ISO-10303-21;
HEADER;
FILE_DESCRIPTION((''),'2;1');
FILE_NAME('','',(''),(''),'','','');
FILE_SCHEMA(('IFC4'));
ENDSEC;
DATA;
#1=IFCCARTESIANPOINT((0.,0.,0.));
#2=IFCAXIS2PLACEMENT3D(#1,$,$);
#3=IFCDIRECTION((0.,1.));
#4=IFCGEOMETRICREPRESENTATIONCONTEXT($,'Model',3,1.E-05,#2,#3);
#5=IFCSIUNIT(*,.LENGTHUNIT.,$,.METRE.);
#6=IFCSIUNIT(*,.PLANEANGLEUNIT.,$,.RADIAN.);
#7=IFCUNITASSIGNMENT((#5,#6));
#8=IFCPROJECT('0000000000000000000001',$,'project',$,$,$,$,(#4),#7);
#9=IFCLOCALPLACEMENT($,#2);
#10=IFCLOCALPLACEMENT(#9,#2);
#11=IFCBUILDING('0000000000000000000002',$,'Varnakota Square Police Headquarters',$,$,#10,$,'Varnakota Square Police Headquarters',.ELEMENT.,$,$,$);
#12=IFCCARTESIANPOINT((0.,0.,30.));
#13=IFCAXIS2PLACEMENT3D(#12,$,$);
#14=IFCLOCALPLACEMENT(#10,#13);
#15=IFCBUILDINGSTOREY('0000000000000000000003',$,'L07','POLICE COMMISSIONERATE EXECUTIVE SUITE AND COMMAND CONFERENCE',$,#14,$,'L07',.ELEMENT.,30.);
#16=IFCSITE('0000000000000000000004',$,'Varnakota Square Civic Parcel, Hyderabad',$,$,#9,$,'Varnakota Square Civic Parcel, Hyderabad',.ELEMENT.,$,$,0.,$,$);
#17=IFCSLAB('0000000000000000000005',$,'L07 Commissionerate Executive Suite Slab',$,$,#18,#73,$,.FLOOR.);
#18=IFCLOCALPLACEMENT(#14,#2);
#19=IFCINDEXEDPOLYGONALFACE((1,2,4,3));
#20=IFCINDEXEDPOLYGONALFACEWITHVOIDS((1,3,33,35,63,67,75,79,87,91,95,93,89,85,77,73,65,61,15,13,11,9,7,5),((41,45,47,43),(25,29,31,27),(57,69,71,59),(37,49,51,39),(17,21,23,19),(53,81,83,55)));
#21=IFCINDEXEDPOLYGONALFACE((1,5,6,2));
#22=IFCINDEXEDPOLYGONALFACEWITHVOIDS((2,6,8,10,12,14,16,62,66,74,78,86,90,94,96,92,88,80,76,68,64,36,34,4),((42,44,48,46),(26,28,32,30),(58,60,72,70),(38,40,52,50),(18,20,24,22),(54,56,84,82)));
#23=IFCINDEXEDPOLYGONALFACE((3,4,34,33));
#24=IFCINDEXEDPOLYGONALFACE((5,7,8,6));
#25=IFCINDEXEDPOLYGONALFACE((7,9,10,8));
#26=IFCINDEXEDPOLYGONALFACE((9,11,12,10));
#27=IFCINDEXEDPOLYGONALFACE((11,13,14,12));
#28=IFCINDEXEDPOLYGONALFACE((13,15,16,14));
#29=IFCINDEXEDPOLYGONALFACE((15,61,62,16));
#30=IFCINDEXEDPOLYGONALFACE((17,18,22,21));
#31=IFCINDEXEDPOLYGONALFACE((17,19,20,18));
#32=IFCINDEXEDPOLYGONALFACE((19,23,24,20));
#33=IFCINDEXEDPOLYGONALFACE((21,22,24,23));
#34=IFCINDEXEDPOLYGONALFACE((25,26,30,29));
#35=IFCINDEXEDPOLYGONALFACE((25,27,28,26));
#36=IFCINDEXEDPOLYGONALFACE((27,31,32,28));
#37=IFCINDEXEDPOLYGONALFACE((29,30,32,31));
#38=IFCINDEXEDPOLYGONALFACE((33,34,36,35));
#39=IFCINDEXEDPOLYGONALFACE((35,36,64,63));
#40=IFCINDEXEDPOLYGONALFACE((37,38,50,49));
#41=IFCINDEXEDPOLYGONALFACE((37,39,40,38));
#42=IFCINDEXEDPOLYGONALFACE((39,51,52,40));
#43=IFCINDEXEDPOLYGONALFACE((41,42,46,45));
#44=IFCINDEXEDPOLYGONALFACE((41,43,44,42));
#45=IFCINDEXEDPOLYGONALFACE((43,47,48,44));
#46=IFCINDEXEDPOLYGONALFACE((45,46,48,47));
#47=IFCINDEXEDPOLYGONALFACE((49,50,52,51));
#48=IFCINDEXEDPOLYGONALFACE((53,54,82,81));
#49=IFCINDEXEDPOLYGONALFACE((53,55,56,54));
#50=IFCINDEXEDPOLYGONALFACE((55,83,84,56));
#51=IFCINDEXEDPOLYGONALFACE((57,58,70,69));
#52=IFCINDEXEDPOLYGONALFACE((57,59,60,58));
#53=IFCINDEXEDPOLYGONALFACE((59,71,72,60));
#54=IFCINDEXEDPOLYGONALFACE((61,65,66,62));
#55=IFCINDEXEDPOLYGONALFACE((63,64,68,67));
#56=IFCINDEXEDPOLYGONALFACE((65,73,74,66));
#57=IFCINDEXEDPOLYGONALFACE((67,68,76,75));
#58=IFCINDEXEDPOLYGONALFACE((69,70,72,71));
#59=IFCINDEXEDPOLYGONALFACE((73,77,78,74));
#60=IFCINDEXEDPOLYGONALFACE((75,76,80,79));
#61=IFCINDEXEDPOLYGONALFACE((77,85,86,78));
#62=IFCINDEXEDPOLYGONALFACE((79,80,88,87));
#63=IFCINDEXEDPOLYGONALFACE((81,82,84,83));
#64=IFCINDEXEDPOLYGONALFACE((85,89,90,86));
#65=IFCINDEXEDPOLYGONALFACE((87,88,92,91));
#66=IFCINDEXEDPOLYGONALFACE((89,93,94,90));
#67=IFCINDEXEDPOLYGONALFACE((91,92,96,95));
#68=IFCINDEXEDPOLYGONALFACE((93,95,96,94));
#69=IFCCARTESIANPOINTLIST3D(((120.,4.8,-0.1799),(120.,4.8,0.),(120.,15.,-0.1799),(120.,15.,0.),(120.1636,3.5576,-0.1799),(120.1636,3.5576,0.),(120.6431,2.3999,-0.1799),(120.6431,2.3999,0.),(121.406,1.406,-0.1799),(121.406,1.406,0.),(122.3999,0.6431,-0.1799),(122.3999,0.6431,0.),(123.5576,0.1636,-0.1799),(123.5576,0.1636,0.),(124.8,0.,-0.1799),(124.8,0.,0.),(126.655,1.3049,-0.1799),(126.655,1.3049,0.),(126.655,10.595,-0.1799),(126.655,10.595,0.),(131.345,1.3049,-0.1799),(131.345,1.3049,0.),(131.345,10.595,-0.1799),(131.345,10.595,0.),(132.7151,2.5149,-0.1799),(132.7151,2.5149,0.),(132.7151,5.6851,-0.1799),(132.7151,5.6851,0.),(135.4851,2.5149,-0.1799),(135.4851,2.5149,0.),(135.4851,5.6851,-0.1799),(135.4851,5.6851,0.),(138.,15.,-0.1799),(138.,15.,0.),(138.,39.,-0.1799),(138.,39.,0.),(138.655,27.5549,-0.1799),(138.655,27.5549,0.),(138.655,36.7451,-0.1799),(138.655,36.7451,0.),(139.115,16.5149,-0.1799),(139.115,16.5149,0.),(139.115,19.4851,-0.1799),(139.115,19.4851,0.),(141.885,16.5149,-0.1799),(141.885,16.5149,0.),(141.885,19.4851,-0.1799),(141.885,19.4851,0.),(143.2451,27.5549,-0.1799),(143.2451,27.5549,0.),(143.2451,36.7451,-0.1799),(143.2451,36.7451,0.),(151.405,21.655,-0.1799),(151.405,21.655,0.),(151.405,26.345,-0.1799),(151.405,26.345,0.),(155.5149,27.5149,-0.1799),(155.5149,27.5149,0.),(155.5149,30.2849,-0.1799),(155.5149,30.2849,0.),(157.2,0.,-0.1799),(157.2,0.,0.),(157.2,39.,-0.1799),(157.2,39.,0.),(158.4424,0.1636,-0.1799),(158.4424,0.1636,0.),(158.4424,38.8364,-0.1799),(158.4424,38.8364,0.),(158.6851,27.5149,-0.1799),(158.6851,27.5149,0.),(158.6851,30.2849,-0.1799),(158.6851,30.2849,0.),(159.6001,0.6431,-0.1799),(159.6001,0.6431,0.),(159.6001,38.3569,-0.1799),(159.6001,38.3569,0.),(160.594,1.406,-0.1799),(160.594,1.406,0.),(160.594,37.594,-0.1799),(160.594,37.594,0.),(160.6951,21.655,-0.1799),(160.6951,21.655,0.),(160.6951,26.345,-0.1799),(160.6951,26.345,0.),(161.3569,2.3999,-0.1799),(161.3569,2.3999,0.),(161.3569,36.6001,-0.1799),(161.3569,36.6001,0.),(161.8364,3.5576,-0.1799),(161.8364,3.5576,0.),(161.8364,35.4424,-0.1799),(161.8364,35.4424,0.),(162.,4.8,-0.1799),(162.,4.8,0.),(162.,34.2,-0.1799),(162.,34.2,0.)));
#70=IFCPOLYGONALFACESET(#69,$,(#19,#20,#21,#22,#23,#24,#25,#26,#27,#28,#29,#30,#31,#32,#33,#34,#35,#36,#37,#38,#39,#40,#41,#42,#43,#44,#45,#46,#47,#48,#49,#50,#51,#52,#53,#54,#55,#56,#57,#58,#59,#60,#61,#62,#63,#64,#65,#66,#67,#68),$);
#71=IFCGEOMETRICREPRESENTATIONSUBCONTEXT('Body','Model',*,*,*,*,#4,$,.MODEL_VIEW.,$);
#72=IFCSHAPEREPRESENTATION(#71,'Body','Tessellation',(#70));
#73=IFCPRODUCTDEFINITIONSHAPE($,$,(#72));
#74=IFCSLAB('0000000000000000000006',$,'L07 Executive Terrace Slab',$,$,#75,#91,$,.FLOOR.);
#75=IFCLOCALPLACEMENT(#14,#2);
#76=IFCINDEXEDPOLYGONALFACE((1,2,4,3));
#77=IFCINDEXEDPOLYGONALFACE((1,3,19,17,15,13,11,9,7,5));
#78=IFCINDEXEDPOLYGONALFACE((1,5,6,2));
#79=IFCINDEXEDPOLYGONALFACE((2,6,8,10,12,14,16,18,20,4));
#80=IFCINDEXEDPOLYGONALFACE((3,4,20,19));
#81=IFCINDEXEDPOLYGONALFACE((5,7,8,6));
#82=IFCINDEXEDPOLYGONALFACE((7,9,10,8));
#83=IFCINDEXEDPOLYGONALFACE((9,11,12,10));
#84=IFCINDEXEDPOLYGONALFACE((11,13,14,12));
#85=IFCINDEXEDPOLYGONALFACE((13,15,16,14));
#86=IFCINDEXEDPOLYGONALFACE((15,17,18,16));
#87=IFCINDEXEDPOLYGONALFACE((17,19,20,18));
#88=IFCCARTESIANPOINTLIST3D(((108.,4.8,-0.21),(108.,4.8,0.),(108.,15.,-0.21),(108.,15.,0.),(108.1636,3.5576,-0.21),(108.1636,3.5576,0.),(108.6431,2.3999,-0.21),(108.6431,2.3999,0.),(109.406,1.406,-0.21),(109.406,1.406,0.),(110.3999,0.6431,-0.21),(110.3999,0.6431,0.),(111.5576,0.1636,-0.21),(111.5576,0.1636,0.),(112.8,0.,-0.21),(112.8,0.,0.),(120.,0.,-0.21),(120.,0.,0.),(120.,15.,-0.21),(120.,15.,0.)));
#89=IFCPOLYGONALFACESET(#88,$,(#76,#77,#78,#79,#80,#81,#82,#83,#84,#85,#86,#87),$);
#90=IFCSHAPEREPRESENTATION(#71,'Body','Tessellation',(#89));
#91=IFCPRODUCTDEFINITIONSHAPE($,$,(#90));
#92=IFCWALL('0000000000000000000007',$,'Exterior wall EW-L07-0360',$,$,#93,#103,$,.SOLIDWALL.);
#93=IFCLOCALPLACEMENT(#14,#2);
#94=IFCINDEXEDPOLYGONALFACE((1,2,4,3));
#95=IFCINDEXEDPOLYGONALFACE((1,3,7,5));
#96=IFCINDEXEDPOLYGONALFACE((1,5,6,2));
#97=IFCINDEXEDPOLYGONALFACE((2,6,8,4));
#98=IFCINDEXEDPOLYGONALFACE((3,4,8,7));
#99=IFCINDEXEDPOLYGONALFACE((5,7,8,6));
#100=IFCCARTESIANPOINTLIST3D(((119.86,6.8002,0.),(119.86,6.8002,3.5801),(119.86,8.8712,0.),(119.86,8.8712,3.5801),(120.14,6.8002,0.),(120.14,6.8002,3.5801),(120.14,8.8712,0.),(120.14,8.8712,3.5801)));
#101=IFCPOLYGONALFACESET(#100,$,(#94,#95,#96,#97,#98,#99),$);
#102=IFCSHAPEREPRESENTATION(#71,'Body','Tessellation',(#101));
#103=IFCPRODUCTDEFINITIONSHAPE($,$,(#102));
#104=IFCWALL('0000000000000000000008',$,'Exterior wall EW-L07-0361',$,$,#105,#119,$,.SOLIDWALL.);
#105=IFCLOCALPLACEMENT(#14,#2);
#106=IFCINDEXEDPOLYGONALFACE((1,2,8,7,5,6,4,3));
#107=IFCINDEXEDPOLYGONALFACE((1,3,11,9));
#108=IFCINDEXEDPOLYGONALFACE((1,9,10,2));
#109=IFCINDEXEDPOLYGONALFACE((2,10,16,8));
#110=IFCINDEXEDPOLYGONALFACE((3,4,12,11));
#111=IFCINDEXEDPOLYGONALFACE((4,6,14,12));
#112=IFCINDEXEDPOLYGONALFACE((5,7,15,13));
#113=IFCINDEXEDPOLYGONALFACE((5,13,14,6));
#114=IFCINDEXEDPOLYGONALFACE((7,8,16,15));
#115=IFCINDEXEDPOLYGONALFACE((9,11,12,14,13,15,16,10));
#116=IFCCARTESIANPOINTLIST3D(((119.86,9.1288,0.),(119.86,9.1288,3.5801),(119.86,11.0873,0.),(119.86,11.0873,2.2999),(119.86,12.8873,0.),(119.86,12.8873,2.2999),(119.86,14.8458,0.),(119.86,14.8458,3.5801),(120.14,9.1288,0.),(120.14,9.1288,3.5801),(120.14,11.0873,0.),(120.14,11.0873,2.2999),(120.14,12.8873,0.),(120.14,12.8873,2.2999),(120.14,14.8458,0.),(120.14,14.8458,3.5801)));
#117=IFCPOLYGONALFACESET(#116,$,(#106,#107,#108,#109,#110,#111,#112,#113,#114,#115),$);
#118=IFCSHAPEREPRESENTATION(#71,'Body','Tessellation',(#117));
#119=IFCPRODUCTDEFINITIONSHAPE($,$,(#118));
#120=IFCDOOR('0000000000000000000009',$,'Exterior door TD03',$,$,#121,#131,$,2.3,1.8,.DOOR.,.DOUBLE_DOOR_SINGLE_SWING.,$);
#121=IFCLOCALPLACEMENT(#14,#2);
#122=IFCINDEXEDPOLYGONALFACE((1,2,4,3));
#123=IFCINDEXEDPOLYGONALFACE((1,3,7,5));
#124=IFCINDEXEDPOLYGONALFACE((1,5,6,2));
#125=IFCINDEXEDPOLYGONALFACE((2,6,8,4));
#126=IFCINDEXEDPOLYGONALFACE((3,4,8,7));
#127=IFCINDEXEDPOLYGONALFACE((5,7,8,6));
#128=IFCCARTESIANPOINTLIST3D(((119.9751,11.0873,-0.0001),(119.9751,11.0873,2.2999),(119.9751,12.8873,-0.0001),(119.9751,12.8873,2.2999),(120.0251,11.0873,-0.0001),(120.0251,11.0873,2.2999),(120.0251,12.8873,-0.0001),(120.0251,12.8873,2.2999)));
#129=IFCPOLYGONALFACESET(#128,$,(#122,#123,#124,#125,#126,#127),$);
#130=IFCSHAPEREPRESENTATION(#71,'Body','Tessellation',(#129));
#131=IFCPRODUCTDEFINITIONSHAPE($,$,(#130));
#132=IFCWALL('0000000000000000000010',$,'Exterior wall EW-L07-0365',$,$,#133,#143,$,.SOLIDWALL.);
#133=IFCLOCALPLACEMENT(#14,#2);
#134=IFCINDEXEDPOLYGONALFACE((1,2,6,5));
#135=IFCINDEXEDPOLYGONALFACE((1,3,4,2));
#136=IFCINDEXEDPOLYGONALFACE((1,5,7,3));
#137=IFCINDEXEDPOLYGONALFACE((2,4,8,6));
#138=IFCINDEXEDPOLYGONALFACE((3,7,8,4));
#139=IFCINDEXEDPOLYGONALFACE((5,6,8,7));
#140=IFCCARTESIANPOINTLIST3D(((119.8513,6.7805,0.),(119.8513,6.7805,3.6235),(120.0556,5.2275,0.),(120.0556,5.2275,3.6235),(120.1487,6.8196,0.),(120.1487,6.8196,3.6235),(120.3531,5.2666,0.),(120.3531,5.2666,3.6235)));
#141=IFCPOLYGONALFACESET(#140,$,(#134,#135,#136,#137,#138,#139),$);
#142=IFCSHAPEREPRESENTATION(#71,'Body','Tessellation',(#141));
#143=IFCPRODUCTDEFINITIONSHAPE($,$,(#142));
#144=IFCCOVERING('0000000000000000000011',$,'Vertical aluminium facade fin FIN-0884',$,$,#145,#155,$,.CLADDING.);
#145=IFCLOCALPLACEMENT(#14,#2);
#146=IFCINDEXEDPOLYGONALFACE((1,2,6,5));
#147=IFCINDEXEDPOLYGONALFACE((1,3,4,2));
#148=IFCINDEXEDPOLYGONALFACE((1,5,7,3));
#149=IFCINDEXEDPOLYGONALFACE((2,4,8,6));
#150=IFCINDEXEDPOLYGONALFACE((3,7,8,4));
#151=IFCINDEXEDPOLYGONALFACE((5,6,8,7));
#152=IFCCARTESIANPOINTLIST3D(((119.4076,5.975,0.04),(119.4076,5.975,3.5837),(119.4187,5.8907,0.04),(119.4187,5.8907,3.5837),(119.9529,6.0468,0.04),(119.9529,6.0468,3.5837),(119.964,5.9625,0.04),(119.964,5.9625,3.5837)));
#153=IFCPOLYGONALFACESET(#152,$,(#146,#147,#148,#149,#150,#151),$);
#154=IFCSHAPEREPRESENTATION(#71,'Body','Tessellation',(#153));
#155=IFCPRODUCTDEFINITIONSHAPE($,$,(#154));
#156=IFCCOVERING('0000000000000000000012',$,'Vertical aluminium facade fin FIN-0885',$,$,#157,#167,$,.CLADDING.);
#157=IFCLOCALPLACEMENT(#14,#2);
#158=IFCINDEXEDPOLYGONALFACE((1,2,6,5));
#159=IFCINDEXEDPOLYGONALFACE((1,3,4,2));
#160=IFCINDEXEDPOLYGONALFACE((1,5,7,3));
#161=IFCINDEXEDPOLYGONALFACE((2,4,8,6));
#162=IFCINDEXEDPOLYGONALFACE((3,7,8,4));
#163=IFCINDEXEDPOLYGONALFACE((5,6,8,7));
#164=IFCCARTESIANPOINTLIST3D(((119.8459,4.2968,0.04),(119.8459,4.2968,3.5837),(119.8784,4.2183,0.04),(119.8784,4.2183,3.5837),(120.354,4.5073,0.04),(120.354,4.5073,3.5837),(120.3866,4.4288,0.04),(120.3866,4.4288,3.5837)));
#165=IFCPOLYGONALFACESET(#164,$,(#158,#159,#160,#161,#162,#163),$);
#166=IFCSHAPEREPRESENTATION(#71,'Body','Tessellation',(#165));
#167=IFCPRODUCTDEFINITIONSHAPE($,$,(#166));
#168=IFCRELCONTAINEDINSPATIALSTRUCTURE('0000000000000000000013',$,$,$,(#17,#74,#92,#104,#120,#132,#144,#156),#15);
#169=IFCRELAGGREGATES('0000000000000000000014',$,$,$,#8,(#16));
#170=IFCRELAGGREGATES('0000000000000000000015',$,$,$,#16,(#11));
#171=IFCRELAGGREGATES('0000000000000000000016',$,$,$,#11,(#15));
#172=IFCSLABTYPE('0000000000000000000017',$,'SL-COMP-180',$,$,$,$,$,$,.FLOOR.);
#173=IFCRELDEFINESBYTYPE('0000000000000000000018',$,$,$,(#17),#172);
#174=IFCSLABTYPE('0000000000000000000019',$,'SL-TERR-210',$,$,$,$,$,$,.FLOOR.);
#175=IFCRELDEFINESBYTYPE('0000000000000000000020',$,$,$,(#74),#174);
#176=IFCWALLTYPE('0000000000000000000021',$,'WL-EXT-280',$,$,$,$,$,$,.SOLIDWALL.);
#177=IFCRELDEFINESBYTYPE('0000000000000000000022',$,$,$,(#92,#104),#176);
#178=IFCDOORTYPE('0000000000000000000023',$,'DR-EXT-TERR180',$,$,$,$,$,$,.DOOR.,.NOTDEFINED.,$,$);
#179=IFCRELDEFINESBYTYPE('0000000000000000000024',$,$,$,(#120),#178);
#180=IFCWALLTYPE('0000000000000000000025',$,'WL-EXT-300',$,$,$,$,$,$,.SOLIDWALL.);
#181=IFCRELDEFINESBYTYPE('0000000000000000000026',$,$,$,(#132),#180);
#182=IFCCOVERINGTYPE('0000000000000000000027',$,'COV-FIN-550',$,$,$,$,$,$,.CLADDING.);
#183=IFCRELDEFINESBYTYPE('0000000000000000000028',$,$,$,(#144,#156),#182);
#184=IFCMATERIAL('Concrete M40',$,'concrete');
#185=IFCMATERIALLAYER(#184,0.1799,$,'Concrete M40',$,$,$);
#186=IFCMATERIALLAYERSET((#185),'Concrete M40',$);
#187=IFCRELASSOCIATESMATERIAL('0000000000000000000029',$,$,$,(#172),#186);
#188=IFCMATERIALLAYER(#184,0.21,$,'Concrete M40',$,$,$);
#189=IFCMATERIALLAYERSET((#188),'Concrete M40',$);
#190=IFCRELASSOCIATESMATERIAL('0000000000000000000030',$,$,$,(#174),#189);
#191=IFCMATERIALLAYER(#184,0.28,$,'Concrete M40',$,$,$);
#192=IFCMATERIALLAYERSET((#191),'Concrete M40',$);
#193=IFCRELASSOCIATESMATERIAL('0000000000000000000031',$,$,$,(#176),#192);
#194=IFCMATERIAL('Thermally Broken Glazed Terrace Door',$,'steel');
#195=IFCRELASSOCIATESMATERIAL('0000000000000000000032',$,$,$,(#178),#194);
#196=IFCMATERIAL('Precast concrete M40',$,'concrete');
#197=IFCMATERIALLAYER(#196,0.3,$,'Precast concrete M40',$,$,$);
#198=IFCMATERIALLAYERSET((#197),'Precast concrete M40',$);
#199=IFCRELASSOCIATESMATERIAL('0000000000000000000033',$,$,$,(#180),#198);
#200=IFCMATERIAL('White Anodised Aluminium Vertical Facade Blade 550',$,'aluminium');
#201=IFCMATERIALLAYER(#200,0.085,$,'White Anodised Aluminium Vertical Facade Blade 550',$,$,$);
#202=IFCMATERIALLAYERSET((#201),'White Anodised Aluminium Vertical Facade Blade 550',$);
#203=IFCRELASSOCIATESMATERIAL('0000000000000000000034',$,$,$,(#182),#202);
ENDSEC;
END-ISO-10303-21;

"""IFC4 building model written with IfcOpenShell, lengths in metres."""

from ifc_helpers import new_model, si_unit, direction, frame, frame_2d, origin, origin_2d, place, context, subcontext, project, spatial, polyline, rectangle, outline, extrude, material, layer, layer_set, type_object, element, fill, save


model = new_model("IFC4")

# Units and contexts
model_context = context("Model", 3, precision=1e-05, world=origin(), true_north=direction((0.0, 1.0)))
body_context = subcontext(model_context, "Body", "Model", "MODEL_VIEW")
ifc_project = project(units=[si_unit("LENGTHUNIT", "METRE"), si_unit("PLANEANGLEUNIT", "RADIAN")], contexts=[model_context])

# Site, building, storey
site_placement = place(None, origin())
site = spatial("IfcSite", under=ifc_project, at=site_placement, Name="Varnakota Square Civic Parcel, Hyderabad", LongName="Varnakota Square Civic Parcel, Hyderabad", CompositionType="ELEMENT", RefElevation=0.0)
building_placement = place(site_placement, origin())
building = spatial("IfcBuilding", under=site, at=building_placement, Name="Varnakota Square Police Headquarters", LongName="Varnakota Square Police Headquarters", CompositionType="ELEMENT")
storey_placement = place(building_placement, frame((0.0, 0.0, 30.0)))
storey = spatial("IfcBuildingStorey", under=building, at=storey_placement, Name="L07", Description="POLICE COMMISSIONERATE EXECUTIVE SUITE AND COMMAND CONFERENCE", LongName="L07", CompositionType="ELEMENT", Elevation=30.0)

# Slabs
ifc_material_1 = material(Name="Concrete M40", Category="concrete")
ifc_layer_1 = layer(ifc_material_1, 0.1799, Name="Concrete M40")
ifc_layer_set_1 = layer_set([ifc_layer_1], Name="Concrete M40")
slab_type_1 = type_object("IfcSlabType", Name="SL-COMP-180", PredefinedType="FLOOR", material=ifc_layer_set_1)
slab_1_placement = place(storey_placement, frame((0.0, 0.0, -0.1799)))
element("IfcSlab", 1, at=slab_1_placement, inside=storey, type_object=slab_type_1, Name="L07 Commissionerate Executive Suite Slab", PredefinedType="FLOOR", context=body_context, shape_type="SweptSolid", body=[
    extrude(outline(polyline([(120.0, 4.8), (120.1636, 3.5576), (120.6431, 2.3999), (121.406, 1.406), (122.3999, 0.6431), (123.5576, 0.1636), (124.8, 0.0), (157.2, 0.0), (158.4424, 0.1636), (159.6001, 0.6431), (160.594, 1.406), (161.3569, 2.3999), (161.8364, 3.5576), (162.0, 4.8), (162.0, 34.2), (161.8364, 35.4424), (161.3569, 36.6001), (160.594, 37.594), (159.6001, 38.3569), (158.4424, 38.8364), (157.2, 39.0), (138.0, 39.0), (138.0, 15.0), (120.0, 15.0), (120.0, 4.8)]), holes=[polyline([(126.655, 1.3049), (131.345, 1.3049), (131.345, 10.595), (126.655, 10.595), (126.655, 1.3049)]), polyline([(132.7151, 2.5149), (135.4851, 2.5149), (135.4851, 5.6851), (132.7151, 5.6851), (132.7151, 2.5149)]), polyline([(151.405, 21.655), (160.6951, 21.655), (160.6951, 26.345), (151.405, 26.345), (151.405, 21.655)]), polyline([(155.5149, 27.5149), (158.6851, 27.5149), (158.6851, 30.2849), (155.5149, 30.2849), (155.5149, 27.5149)]), polyline([(138.655, 27.5549), (143.2451, 27.5549), (143.2451, 36.7451), (138.655, 36.7451), (138.655, 27.5549)]), polyline([(139.115, 16.5149), (141.885, 16.5149), (141.885, 19.4851), (139.115, 19.4851), (139.115, 16.5149)])]), origin(), (0.0, 0.0, 1.0), 0.1799),
])
ifc_layer_2 = layer(ifc_material_1, 0.21, Name="Concrete M40")
ifc_layer_set_2 = layer_set([ifc_layer_2], Name="Concrete M40")
slab_type_2 = type_object("IfcSlabType", Name="SL-TERR-210", PredefinedType="FLOOR", material=ifc_layer_set_2)
slab_2_placement = place(storey_placement, frame((0.0, 0.0, -0.21)))
element("IfcSlab", 2, at=slab_2_placement, inside=storey, type_object=slab_type_2, Name="L07 Executive Terrace Slab", PredefinedType="FLOOR", context=body_context, shape_type="SweptSolid", body=[
    extrude(outline(polyline([(108.0, 4.8), (108.1636, 3.5576), (108.6431, 2.3999), (109.406, 1.406), (110.3999, 0.6431), (111.5576, 0.1636), (112.8, 0.0), (120.0, 0.0), (120.0, 15.0), (108.0, 15.0), (108.0, 4.8)])), origin(), (0.0, 0.0, 1.0), 0.21),
])

# Wall
ifc_layer_3 = layer(ifc_material_1, 0.28, Name="Concrete M40")
ifc_layer_set_3 = layer_set([ifc_layer_3], Name="Concrete M40")
wall_type_1 = type_object("IfcWallType", Name="WL-EXT-280", PredefinedType="SOLIDWALL", material=ifc_layer_set_3)
wall_1_placement = place(storey_placement, frame((120.0, 6.8, 0.0), z_axis=(0.0, 0.0, 1.0), x_axis=(0.0, 1.0, 0.0)))
element("IfcWall", 3, at=wall_1_placement, inside=storey, type_object=wall_type_1, Name="Exterior wall EW-L07-0360", PredefinedType="SOLIDWALL", context=body_context, shape_type="SweptSolid", body=[
    extrude(rectangle(XDim=2.071, YDim=0.28, at=frame_2d((1.0356, 0.0))), origin(), (0.0, 0.0, 1.0), 3.5801),
])

# Wall, opening, door
wall_2_placement = place(storey_placement, frame((120.0, 9.1289, 0.0), z_axis=(0.0, 0.0, 1.0), x_axis=(0.0, 1.0, 0.0)))
wall_2 = element("IfcWall", 4, at=wall_2_placement, inside=storey, type_object=wall_type_1, Name="Exterior wall EW-L07-0361", PredefinedType="SOLIDWALL", context=body_context, shape_type="SweptSolid", body=[
    extrude(rectangle(XDim=5.717, YDim=0.28, at=frame_2d((2.8584, 0.0))), origin(), (0.0, 0.0, 1.0), 3.5801),
])
opening_placement = place(wall_2_placement, frame((1.9585, 0.0, 0.0)))
opening = element("IfcOpeningElement", 5, at=opening_placement, cuts=wall_2, PredefinedType="OPENING", context=body_context, shape_type="SweptSolid", body=[
    extrude(rectangle(XDim=1.8, YDim=2.3, at=frame_2d((0.8999, 1.1499))), frame((0.0, 0.1499, 0.0), z_axis=(0.0, -1.0, 0.0), x_axis=(1.0, 0.0, 0.0)), (0.0, 0.0, 1.0), 0.3),
])
ifc_material_2 = material(Name="Thermally Broken Glazed Terrace Door", Category="steel")
door_type = type_object("IfcDoorType", Name="DR-EXT-TERR180", OperationType="NOTDEFINED", PredefinedType="DOOR", material=ifc_material_2)
door_placement = place(opening_placement, origin())
door = element("IfcDoor", 6, at=door_placement, inside=storey, type_object=door_type, Name="Exterior door TD03", OperationType="DOUBLE_DOOR_SINGLE_SWING", OverallHeight=2.3, OverallWidth=1.8, PredefinedType="DOOR", context=body_context, shape_type="SweptSolid", body=[
    extrude(rectangle(XDim=1.8, YDim=2.3, at=frame_2d((0.8999, 1.1499))), frame((0.0, 0.0249, 0.0), z_axis=(0.0, -1.0, 0.0), x_axis=(1.0, 0.0, 0.0)), (0.0, 0.0, 1.0), 0.05),
])
fill(opening, door)

# Wall
ifc_material_3 = material(Name="Precast concrete M40", Category="concrete")
ifc_layer_4 = layer(ifc_material_3, 0.3, Name="Precast concrete M40")
ifc_layer_set_4 = layer_set([ifc_layer_4], Name="Precast concrete M40")
wall_type_2 = type_object("IfcWallType", Name="WL-EXT-300", PredefinedType="SOLIDWALL", material=ifc_layer_set_4)
wall_3_placement = place(storey_placement, frame((120.0, 6.8, 0.0), z_axis=(0.0, 0.0, 1.0), x_axis=(0.130459, -0.991454, 0.0)))
element("IfcWall", 7, at=wall_3_placement, inside=storey, type_object=wall_type_2, Name="Exterior wall EW-L07-0365", PredefinedType="SOLIDWALL", context=body_context, shape_type="SweptSolid", body=[
    extrude(rectangle(XDim=1.5664, YDim=0.3, at=frame_2d((0.7832, 0.0))), origin(), (0.0, 0.0, 1.0), 3.6235),
])

# Coverings
ifc_material_4 = material(Name="White Anodised Aluminium Vertical Facade Blade 550", Category="aluminium")
ifc_layer_5 = layer(ifc_material_4, 0.085, Name="White Anodised Aluminium Vertical Facade Blade 550")
ifc_layer_set_5 = layer_set([ifc_layer_5], Name="White Anodised Aluminium Vertical Facade Blade 550")
covering_type = type_object("IfcCoveringType", Name="COV-FIN-550", PredefinedType="CLADDING", material=ifc_layer_set_5)
for number, where, z_axis, x_axis, name in (
    (8, (119.6858, 5.9688, 0.04), (0.0, 0.0, 1.0), (0.130526, -0.991445, 0.0), "Vertical aluminium facade fin FIN-0884"),
    (9, (120.1162, 4.3628, 0.04), (0.0, 0.0, 1.0), (0.382683, -0.92388, 0.0), "Vertical aluminium facade fin FIN-0885"),
):
    element("IfcCovering", number, at=place(storey_placement, frame(where, z_axis=z_axis, x_axis=x_axis)), inside=storey, type_object=covering_type, Name=name, PredefinedType="CLADDING", context=body_context, shape_type="SweptSolid", body=[
        extrude(rectangle(XDim=0.085, YDim=0.55, at=origin_2d()), origin(), (0.0, 0.0, 1.0), 3.5437),
    ])

save(model, "model.ifc")
